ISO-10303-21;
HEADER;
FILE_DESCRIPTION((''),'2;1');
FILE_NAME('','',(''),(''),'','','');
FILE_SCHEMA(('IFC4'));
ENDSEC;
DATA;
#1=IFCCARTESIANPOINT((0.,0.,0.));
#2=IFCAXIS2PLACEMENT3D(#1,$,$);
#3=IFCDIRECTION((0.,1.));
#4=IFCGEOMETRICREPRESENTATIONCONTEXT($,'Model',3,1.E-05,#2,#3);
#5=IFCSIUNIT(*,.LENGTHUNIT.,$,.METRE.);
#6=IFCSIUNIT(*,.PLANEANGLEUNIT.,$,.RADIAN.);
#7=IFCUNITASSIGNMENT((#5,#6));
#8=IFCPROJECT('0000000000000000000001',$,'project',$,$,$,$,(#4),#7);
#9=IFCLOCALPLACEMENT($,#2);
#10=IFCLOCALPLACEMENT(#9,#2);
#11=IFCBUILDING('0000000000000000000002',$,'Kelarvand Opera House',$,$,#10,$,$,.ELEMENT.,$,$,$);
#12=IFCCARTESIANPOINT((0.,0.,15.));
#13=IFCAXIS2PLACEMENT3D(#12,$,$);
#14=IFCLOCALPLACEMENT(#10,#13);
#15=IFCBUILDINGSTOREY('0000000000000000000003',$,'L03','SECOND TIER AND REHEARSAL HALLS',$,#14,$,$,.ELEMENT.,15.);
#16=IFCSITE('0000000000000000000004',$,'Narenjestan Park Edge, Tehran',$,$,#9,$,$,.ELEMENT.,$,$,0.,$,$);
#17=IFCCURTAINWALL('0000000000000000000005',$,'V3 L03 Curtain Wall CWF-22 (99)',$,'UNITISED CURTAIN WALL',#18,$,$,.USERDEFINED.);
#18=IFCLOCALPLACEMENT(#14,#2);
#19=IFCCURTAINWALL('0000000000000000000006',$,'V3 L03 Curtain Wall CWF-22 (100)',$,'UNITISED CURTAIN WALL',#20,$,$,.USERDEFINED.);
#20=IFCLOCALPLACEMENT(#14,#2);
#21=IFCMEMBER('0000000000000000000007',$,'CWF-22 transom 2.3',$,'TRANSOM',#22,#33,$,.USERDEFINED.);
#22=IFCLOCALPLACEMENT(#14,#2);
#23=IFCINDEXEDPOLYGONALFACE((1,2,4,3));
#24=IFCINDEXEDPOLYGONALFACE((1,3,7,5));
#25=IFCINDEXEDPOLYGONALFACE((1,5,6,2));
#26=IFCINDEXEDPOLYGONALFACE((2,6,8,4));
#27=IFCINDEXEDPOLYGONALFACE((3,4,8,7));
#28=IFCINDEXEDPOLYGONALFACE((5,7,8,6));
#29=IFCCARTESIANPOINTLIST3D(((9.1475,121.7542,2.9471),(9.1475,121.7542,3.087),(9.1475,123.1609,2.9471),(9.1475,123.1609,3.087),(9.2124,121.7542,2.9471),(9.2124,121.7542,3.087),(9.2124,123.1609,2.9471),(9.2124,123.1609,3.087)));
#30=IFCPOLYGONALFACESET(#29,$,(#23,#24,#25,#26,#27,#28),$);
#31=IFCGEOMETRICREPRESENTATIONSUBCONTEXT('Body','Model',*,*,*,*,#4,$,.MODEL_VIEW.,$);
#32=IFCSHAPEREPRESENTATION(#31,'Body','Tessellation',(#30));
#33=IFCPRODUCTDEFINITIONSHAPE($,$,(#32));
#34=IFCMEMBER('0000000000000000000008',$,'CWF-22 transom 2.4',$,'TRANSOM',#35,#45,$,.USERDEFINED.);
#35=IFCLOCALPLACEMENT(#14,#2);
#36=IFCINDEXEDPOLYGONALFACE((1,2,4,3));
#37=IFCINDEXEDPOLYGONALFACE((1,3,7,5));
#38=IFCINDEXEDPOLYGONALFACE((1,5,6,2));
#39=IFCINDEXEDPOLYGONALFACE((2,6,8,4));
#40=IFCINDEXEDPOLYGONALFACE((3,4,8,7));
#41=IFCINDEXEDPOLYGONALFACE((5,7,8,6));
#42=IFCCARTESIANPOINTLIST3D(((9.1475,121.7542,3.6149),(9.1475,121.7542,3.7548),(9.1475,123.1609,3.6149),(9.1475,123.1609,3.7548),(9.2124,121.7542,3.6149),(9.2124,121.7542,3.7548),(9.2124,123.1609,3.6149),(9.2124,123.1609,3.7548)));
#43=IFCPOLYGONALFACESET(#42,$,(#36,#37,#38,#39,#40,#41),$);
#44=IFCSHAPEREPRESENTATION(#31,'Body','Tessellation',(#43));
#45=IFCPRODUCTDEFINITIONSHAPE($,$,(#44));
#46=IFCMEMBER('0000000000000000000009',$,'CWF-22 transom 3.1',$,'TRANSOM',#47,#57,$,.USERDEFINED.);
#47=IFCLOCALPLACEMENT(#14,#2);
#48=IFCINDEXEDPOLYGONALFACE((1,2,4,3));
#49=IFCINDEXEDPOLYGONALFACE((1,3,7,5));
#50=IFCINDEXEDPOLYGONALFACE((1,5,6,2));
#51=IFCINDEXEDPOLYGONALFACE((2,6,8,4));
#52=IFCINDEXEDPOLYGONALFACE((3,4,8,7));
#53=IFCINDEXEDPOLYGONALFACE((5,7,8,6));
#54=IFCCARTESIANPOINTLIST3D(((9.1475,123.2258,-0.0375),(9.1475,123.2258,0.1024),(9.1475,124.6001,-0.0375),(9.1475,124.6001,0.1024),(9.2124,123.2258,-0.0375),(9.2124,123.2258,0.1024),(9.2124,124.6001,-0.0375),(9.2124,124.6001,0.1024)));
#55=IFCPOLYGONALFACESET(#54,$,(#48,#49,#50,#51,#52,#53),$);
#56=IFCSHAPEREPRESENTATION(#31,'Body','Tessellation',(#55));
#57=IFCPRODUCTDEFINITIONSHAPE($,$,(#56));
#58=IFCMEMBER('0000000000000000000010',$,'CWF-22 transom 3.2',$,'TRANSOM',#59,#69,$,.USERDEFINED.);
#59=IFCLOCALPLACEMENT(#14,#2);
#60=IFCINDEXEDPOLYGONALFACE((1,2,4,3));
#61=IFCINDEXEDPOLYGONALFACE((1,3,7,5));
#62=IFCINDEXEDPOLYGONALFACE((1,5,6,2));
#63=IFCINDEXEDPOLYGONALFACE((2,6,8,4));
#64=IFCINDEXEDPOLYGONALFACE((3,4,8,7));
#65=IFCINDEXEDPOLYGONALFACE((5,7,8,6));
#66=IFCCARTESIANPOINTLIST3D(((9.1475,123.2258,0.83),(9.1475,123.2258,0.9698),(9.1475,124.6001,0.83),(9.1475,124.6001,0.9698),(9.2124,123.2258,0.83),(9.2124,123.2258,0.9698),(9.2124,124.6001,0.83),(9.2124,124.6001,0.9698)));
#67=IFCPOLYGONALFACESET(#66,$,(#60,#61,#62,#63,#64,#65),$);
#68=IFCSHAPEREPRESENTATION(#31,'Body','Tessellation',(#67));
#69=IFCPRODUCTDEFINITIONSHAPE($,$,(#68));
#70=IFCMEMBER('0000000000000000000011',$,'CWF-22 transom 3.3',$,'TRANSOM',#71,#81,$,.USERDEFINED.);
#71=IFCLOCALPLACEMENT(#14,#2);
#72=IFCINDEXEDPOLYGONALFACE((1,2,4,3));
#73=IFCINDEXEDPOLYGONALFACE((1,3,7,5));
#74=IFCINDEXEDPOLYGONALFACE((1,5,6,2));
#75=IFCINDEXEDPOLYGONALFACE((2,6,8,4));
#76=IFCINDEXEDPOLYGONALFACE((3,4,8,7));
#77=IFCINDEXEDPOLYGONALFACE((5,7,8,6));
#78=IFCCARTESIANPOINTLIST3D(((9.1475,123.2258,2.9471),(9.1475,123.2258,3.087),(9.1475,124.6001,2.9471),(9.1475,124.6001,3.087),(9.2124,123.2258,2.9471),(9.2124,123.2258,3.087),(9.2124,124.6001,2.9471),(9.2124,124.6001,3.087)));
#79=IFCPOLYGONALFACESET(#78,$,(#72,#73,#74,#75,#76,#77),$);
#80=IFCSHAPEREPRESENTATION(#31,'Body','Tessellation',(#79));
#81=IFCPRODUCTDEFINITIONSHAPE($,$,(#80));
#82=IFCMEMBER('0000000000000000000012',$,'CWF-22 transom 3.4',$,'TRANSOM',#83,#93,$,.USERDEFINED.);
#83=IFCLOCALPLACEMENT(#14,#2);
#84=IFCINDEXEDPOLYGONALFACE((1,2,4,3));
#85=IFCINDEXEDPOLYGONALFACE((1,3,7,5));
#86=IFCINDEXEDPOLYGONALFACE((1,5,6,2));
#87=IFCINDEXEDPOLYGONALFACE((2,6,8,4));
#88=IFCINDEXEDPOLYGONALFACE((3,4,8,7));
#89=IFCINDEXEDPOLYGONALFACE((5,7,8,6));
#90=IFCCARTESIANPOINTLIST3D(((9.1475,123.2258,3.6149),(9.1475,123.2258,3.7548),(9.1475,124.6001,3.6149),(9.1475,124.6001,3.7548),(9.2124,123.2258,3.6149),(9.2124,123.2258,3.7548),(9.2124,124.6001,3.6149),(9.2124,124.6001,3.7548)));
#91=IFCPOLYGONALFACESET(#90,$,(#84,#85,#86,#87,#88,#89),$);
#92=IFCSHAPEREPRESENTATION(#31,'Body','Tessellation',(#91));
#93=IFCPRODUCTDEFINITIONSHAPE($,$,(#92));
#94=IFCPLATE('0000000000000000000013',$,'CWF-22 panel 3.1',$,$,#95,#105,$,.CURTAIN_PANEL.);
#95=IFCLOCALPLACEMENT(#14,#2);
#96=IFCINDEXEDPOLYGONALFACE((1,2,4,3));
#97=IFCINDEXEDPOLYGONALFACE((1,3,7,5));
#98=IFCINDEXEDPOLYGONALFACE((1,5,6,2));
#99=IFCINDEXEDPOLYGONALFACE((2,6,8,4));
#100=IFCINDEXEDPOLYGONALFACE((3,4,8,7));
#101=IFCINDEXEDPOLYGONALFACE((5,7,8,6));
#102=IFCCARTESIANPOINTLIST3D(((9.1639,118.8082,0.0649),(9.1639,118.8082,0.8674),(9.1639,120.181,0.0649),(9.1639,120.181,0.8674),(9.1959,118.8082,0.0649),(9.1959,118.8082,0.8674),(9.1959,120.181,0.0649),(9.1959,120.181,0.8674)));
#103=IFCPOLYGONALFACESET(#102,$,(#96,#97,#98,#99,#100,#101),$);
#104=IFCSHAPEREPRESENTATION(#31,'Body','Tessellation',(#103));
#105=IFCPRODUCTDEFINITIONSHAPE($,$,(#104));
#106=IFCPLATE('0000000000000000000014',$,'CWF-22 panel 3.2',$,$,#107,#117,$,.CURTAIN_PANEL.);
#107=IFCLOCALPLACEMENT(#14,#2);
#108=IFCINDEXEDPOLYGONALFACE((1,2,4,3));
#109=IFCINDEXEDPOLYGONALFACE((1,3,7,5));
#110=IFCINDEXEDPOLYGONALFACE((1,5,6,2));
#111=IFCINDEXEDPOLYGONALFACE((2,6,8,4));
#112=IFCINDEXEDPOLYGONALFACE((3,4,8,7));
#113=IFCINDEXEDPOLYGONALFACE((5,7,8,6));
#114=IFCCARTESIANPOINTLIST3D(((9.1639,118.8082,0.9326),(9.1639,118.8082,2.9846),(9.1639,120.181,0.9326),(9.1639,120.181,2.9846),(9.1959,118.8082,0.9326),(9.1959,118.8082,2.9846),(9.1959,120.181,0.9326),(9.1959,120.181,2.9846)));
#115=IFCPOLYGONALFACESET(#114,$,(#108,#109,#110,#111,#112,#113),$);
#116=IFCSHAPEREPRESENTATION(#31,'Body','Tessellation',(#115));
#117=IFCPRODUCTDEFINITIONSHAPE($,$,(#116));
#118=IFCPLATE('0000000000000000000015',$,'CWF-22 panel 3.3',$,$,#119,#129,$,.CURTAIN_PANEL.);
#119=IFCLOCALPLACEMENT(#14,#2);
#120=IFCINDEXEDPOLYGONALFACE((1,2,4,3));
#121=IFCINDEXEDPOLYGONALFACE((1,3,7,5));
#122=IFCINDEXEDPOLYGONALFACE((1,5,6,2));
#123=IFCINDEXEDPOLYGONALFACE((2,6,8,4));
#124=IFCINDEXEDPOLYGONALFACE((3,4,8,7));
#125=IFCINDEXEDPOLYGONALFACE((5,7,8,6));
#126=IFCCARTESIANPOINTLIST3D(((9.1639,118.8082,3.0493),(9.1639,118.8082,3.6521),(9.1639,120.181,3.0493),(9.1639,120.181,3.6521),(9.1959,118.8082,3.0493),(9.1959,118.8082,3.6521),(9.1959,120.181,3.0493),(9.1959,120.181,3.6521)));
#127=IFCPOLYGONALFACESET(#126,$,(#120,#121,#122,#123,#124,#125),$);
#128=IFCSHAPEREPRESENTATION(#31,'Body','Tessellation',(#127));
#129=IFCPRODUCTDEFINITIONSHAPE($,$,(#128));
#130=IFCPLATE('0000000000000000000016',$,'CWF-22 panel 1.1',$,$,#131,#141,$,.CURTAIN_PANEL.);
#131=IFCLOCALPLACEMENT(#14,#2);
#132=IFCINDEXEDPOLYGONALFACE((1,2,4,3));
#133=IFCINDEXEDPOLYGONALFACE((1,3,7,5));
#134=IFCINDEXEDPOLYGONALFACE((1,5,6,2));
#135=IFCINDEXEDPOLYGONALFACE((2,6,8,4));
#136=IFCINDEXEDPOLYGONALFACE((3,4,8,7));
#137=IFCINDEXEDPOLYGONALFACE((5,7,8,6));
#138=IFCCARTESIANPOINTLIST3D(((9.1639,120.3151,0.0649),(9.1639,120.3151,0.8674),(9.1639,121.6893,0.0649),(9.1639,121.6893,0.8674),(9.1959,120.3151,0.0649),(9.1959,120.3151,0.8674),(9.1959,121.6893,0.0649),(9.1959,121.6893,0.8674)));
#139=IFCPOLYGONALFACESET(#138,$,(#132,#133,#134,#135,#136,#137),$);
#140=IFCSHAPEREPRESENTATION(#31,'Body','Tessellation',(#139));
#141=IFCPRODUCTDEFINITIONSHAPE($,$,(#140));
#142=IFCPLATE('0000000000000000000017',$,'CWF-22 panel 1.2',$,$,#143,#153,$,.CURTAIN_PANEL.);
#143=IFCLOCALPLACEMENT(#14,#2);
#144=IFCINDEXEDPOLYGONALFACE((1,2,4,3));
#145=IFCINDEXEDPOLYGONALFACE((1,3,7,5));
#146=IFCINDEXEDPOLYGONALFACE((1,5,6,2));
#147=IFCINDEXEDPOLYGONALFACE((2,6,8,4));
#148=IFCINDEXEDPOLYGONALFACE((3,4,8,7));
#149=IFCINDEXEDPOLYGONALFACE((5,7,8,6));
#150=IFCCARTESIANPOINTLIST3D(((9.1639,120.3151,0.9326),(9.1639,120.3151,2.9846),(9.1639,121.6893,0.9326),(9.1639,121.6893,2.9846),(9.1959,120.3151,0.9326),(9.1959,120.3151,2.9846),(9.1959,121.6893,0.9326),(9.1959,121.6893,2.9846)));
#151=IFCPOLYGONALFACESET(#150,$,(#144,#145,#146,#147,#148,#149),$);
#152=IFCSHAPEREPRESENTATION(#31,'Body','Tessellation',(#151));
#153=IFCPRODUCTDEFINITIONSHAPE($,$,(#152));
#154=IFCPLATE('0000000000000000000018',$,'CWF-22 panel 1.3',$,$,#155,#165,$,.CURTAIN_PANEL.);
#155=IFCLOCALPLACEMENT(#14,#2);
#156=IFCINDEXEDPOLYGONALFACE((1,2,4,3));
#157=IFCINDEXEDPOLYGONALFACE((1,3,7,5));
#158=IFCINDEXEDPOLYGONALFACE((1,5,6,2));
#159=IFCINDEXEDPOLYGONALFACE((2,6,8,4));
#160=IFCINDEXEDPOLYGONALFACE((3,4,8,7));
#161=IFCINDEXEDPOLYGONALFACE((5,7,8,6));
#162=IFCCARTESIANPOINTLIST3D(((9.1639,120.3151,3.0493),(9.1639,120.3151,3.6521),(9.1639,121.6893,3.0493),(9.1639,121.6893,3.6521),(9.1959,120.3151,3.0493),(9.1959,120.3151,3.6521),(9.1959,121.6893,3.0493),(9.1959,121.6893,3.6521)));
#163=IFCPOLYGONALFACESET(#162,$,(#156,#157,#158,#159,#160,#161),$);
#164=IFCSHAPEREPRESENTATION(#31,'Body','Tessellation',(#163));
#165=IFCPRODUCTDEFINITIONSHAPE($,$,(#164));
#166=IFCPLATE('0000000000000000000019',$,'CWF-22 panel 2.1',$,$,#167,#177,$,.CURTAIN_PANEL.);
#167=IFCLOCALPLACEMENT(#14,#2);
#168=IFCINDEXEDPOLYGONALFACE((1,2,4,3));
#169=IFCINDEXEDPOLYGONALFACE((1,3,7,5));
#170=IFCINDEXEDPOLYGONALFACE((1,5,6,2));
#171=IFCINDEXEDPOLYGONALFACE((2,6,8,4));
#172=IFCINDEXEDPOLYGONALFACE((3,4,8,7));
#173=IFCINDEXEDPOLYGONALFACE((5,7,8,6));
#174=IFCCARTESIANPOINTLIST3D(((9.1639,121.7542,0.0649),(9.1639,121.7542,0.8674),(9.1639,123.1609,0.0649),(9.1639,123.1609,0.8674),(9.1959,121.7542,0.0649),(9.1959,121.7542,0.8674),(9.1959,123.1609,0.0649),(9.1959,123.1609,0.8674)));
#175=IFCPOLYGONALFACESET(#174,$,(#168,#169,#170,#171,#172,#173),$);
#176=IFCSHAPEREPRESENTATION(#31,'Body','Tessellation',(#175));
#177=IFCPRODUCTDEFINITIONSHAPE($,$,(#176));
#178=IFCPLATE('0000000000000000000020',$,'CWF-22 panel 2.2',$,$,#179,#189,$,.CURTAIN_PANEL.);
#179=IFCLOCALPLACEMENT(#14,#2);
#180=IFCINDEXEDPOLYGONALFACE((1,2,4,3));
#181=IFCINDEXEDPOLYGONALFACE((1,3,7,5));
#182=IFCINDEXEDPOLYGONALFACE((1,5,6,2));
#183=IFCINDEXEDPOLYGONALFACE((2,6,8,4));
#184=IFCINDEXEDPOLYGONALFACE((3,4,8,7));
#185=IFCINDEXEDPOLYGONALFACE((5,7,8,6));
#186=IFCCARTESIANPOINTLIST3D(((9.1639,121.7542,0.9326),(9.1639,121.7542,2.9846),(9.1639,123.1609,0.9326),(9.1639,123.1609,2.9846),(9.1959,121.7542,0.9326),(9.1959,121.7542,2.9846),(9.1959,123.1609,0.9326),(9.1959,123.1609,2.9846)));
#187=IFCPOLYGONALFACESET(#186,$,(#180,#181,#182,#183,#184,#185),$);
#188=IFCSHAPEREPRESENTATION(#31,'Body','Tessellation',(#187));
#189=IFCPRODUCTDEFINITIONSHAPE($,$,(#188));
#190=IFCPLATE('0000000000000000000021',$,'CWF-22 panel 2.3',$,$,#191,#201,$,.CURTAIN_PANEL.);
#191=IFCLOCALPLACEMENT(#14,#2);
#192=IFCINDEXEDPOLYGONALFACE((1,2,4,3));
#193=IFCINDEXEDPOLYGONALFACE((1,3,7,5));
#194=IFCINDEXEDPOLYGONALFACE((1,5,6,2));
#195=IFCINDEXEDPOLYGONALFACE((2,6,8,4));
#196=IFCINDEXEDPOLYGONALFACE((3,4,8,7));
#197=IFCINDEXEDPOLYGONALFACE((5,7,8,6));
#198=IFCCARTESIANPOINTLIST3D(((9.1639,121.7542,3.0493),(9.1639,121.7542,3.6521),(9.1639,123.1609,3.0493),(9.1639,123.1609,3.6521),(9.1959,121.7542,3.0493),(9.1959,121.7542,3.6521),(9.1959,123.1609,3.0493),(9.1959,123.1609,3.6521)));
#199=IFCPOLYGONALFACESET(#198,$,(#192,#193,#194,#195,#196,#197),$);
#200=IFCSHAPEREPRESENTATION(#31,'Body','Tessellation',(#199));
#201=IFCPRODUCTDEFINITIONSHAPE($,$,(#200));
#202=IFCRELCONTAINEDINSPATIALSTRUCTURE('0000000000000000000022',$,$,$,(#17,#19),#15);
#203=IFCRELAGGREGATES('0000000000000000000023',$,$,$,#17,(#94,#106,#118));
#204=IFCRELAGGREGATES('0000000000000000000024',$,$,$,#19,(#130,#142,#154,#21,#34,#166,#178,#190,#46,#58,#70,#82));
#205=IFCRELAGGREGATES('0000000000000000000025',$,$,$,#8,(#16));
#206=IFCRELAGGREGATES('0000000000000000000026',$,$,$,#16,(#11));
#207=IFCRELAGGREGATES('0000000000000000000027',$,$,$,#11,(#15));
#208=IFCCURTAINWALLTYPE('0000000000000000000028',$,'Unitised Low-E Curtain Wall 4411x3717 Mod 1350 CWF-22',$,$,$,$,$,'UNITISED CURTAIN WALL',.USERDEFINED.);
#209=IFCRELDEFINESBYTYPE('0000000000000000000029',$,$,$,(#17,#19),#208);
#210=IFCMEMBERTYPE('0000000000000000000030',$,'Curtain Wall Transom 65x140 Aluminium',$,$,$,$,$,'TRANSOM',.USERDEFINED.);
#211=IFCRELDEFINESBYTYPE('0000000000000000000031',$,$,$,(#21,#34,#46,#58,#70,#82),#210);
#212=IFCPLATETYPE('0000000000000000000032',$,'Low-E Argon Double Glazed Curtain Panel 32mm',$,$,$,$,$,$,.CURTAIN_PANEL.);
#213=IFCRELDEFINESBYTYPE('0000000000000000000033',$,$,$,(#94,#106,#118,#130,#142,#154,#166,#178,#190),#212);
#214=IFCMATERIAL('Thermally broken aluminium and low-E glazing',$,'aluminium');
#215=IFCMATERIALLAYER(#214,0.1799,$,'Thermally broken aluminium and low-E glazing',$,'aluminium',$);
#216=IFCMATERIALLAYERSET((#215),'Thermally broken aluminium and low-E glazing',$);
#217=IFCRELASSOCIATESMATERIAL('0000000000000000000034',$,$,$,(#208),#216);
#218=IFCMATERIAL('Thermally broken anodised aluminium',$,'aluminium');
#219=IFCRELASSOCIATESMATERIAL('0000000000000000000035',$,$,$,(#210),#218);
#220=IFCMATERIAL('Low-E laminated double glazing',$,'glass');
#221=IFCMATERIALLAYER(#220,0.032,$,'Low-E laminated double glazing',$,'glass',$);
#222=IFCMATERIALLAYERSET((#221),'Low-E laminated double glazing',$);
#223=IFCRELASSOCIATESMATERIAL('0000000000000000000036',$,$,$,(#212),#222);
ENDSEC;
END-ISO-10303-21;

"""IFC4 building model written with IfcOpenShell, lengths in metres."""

from ifc_helpers import new_model, si_unit, direction, frame, origin, origin_2d, place, context, subcontext, project, spatial, rectangle, extrude, material, layer, layer_set, material_profile, profile_set, type_object, element, aggregate, save


model = new_model("IFC4")

# Units and contexts
model_context = context("Model", 3, precision=1e-05, world=origin(), true_north=direction((0.0, 1.0)))
body_context = subcontext(model_context, "Body", "Model", "MODEL_VIEW")
ifc_project = project(units=[si_unit("LENGTHUNIT", "METRE"), si_unit("PLANEANGLEUNIT", "RADIAN")], contexts=[model_context])

# Site, building, storey
site_placement = place(None, origin())
site = spatial("IfcSite", under=ifc_project, at=site_placement, Name="Narenjestan Park Edge, Tehran", CompositionType="ELEMENT", RefElevation=0.0)
building_placement = place(site_placement, origin())
building = spatial("IfcBuilding", under=site, at=building_placement, Name="Kelarvand Opera House", CompositionType="ELEMENT")
storey_placement = place(building_placement, frame((0.0, 0.0, 15.0)))
storey = spatial("IfcBuildingStorey", under=building, at=storey_placement, Name="L03", Description="SECOND TIER AND REHEARSAL HALLS", CompositionType="ELEMENT", Elevation=15.0)

# Curtain walls
ifc_material_1 = material(Name="Thermally broken aluminium and low-E glazing", Category="aluminium")
ifc_layer_1 = layer(ifc_material_1, 0.1799, Name="Thermally broken aluminium and low-E glazing", Category="aluminium")
ifc_layer_set_1 = layer_set([ifc_layer_1], Name="Thermally broken aluminium and low-E glazing")
curtain_wall_type = type_object("IfcCurtainWallType", Name="Unitised Low-E Curtain Wall 4411x3717 Mod 1350 CWF-22", ElementType="UNITISED CURTAIN WALL", PredefinedType="USERDEFINED", material=ifc_layer_set_1)
curtain_wall_1_placement = place(storey_placement, origin())
curtain_wall_1 = element("IfcCurtainWall", 1, at=curtain_wall_1_placement, inside=storey, type_object=curtain_wall_type, Name="V3 L03 Curtain Wall CWF-22 (99)", ObjectType="UNITISED CURTAIN WALL", PredefinedType="USERDEFINED")
ifc_material_2 = material(Name="Thermally broken anodised aluminium", Category="aluminium")
curtain_wall_2_placement = place(storey_placement, origin())
curtain_wall_2 = element("IfcCurtainWall", 2, at=curtain_wall_2_placement, inside=storey, type_object=curtain_wall_type, Name="V3 L03 Curtain Wall CWF-22 (100)", ObjectType="UNITISED CURTAIN WALL", PredefinedType="USERDEFINED")

# Members
ifc_material_profile_1 = material_profile(ifc_material_2, rectangle(XDim=0.0649, YDim=0.1399, at=origin_2d()), Name="ALU TRANSOM 65x140", Category="aluminium")
ifc_profile_set_1 = profile_set([ifc_material_profile_1], Name="Thermally broken anodised aluminium")
member_type_1 = type_object("IfcMemberType", Name="Curtain Wall Transom 65x140 Aluminium", ElementType="TRANSOM", PredefinedType="USERDEFINED", material=ifc_profile_set_1)
member_1_placement = place(storey_placement, frame((9.1799, 121.7542, 3.0171), z_axis=(0.0, 1.0, 0.0), x_axis=(-1.0, 0.0, 0.0)))
member_1 = element("IfcMember", 3, at=member_1_placement, type_object=member_type_1, Name="CWF-22 transom 2.3", ObjectType="TRANSOM", PredefinedType="USERDEFINED", context=body_context, shape_type="SweptSolid", body=[
    extrude(rectangle(XDim=0.0649, YDim=0.1399, at=origin_2d()), origin(), (0.0, 0.0, 1.0), 1.4067),
])
member_2_placement = place(storey_placement, frame((9.1799, 121.7542, 3.6848), z_axis=(0.0, 1.0, 0.0), x_axis=(-1.0, 0.0, 0.0)))
member_2 = element("IfcMember", 4, at=member_2_placement, type_object=member_type_1, Name="CWF-22 transom 2.4", ObjectType="TRANSOM", PredefinedType="USERDEFINED", context=body_context, shape_type="SweptSolid", body=[
    extrude(rectangle(XDim=0.0649, YDim=0.1399, at=origin_2d()), origin(), (0.0, 0.0, 1.0), 1.4067),
])
member_3_placement = place(storey_placement, frame((9.1799, 123.2258, 0.0325), z_axis=(0.0, 1.0, 0.0), x_axis=(-1.0, 0.0, 0.0)))
member_3 = element("IfcMember", 5, at=member_3_placement, type_object=member_type_1, Name="CWF-22 transom 3.1", ObjectType="TRANSOM", PredefinedType="USERDEFINED", context=body_context, shape_type="SweptSolid", body=[
    extrude(rectangle(XDim=0.0649, YDim=0.1399, at=origin_2d()), origin(), (0.0, 0.0, 1.0), 1.3743),
])
member_4_placement = place(storey_placement, frame((9.1799, 123.2258, 0.8999), z_axis=(0.0, 1.0, 0.0), x_axis=(-1.0, 0.0, 0.0)))
member_4 = element("IfcMember", 6, at=member_4_placement, type_object=member_type_1, Name="CWF-22 transom 3.2", ObjectType="TRANSOM", PredefinedType="USERDEFINED", context=body_context, shape_type="SweptSolid", body=[
    extrude(rectangle(XDim=0.0649, YDim=0.1399, at=origin_2d()), origin(), (0.0, 0.0, 1.0), 1.3743),
])
member_5_placement = place(storey_placement, frame((9.1799, 123.2258, 3.0171), z_axis=(0.0, 1.0, 0.0), x_axis=(-1.0, 0.0, 0.0)))
member_5 = element("IfcMember", 7, at=member_5_placement, type_object=member_type_1, Name="CWF-22 transom 3.3", ObjectType="TRANSOM", PredefinedType="USERDEFINED", context=body_context, shape_type="SweptSolid", body=[
    extrude(rectangle(XDim=0.0649, YDim=0.1399, at=origin_2d()), origin(), (0.0, 0.0, 1.0), 1.3743),
])
member_6_placement = place(storey_placement, frame((9.1799, 123.2258, 3.6848), z_axis=(0.0, 1.0, 0.0), x_axis=(-1.0, 0.0, 0.0)))
member_6 = element("IfcMember", 8, at=member_6_placement, type_object=member_type_1, Name="CWF-22 transom 3.4", ObjectType="TRANSOM", PredefinedType="USERDEFINED", context=body_context, shape_type="SweptSolid", body=[
    extrude(rectangle(XDim=0.0649, YDim=0.1399, at=origin_2d()), origin(), (0.0, 0.0, 1.0), 1.3743),
])

# Plates
ifc_material_3 = material(Name="Low-E laminated double glazing", Category="glass")
ifc_layer_2 = layer(ifc_material_3, 0.032, Name="Low-E laminated double glazing", Category="glass")
ifc_layer_set_2 = layer_set([ifc_layer_2], Name="Low-E laminated double glazing")
plate_type = type_object("IfcPlateType", Name="Low-E Argon Double Glazed Curtain Panel 32mm", PredefinedType="CURTAIN_PANEL", material=ifc_layer_set_2)
plate_1_placement = place(storey_placement, frame((9.1799, 119.4946, 0.0649), z_axis=(0.0, 0.0, 1.0), x_axis=(0.0, 1.0, 0.0)))
plate_1 = element("IfcPlate", 9, at=plate_1_placement, type_object=plate_type, Name="CWF-22 panel 3.1", PredefinedType="CURTAIN_PANEL", context=body_context, shape_type="SweptSolid", body=[
    extrude(rectangle(XDim=1.3728, YDim=0.032, at=origin_2d()), origin(), (0.0, 0.0, 1.0), 0.8025),
])
plate_2_placement = place(storey_placement, frame((9.1799, 119.4946, 0.9326), z_axis=(0.0, 0.0, 1.0), x_axis=(0.0, 1.0, 0.0)))
plate_2 = element("IfcPlate", 10, at=plate_2_placement, type_object=plate_type, Name="CWF-22 panel 3.2", PredefinedType="CURTAIN_PANEL", context=body_context, shape_type="SweptSolid", body=[
    extrude(rectangle(XDim=1.3728, YDim=0.032, at=origin_2d()), origin(), (0.0, 0.0, 1.0), 2.052),
])
plate_3_placement = place(storey_placement, frame((9.1799, 119.4946, 3.0493), z_axis=(0.0, 0.0, 1.0), x_axis=(0.0, 1.0, 0.0)))
plate_3 = element("IfcPlate", 11, at=plate_3_placement, type_object=plate_type, Name="CWF-22 panel 3.3", PredefinedType="CURTAIN_PANEL", context=body_context, shape_type="SweptSolid", body=[
    extrude(rectangle(XDim=1.3728, YDim=0.032, at=origin_2d()), origin(), (0.0, 0.0, 1.0), 0.6028),
])
aggregate(curtain_wall_1, [plate_1, plate_2, plate_3])
plate_4_placement = place(storey_placement, frame((9.1799, 121.0022, 0.0649), z_axis=(0.0, 0.0, 1.0), x_axis=(0.0, 1.0, 0.0)))
plate_4 = element("IfcPlate", 12, at=plate_4_placement, type_object=plate_type, Name="CWF-22 panel 1.1", PredefinedType="CURTAIN_PANEL", context=body_context, shape_type="SweptSolid", body=[
    extrude(rectangle(XDim=1.3743, YDim=0.032, at=origin_2d()), origin(), (0.0, 0.0, 1.0), 0.8025),
])
plate_5_placement = place(storey_placement, frame((9.1799, 121.0022, 0.9326), z_axis=(0.0, 0.0, 1.0), x_axis=(0.0, 1.0, 0.0)))
plate_5 = element("IfcPlate", 13, at=plate_5_placement, type_object=plate_type, Name="CWF-22 panel 1.2", PredefinedType="CURTAIN_PANEL", context=body_context, shape_type="SweptSolid", body=[
    extrude(rectangle(XDim=1.3743, YDim=0.032, at=origin_2d()), origin(), (0.0, 0.0, 1.0), 2.052),
])
plate_6_placement = place(storey_placement, frame((9.1799, 121.0022, 3.0493), z_axis=(0.0, 0.0, 1.0), x_axis=(0.0, 1.0, 0.0)))
plate_6 = element("IfcPlate", 14, at=plate_6_placement, type_object=plate_type, Name="CWF-22 panel 1.3", PredefinedType="CURTAIN_PANEL", context=body_context, shape_type="SweptSolid", body=[
    extrude(rectangle(XDim=1.3743, YDim=0.032, at=origin_2d()), origin(), (0.0, 0.0, 1.0), 0.6028),
])
plate_7_placement = place(storey_placement, frame((9.1799, 122.4575, 0.0649), z_axis=(0.0, 0.0, 1.0), x_axis=(0.0, 1.0, 0.0)))
plate_7 = element("IfcPlate", 15, at=plate_7_placement, type_object=plate_type, Name="CWF-22 panel 2.1", PredefinedType="CURTAIN_PANEL", context=body_context, shape_type="SweptSolid", body=[
    extrude(rectangle(XDim=1.4067, YDim=0.032, at=origin_2d()), origin(), (0.0, 0.0, 1.0), 0.8025),
])
plate_8_placement = place(storey_placement, frame((9.1799, 122.4575, 0.9326), z_axis=(0.0, 0.0, 1.0), x_axis=(0.0, 1.0, 0.0)))
plate_8 = element("IfcPlate", 16, at=plate_8_placement, type_object=plate_type, Name="CWF-22 panel 2.2", PredefinedType="CURTAIN_PANEL", context=body_context, shape_type="SweptSolid", body=[
    extrude(rectangle(XDim=1.4067, YDim=0.032, at=origin_2d()), origin(), (0.0, 0.0, 1.0), 2.052),
])
plate_9_placement = place(storey_placement, frame((9.1799, 122.4575, 3.0493), z_axis=(0.0, 0.0, 1.0), x_axis=(0.0, 1.0, 0.0)))
plate_9 = element("IfcPlate", 17, at=plate_9_placement, type_object=plate_type, Name="CWF-22 panel 2.3", PredefinedType="CURTAIN_PANEL", context=body_context, shape_type="SweptSolid", body=[
    extrude(rectangle(XDim=1.4067, YDim=0.032, at=origin_2d()), origin(), (0.0, 0.0, 1.0), 0.6028),
])
aggregate(curtain_wall_2, [plate_4, plate_5, plate_6, member_1, member_2, plate_7, plate_8, plate_9, member_3, member_4, member_5, member_6])

save(model, "model.ifc")
